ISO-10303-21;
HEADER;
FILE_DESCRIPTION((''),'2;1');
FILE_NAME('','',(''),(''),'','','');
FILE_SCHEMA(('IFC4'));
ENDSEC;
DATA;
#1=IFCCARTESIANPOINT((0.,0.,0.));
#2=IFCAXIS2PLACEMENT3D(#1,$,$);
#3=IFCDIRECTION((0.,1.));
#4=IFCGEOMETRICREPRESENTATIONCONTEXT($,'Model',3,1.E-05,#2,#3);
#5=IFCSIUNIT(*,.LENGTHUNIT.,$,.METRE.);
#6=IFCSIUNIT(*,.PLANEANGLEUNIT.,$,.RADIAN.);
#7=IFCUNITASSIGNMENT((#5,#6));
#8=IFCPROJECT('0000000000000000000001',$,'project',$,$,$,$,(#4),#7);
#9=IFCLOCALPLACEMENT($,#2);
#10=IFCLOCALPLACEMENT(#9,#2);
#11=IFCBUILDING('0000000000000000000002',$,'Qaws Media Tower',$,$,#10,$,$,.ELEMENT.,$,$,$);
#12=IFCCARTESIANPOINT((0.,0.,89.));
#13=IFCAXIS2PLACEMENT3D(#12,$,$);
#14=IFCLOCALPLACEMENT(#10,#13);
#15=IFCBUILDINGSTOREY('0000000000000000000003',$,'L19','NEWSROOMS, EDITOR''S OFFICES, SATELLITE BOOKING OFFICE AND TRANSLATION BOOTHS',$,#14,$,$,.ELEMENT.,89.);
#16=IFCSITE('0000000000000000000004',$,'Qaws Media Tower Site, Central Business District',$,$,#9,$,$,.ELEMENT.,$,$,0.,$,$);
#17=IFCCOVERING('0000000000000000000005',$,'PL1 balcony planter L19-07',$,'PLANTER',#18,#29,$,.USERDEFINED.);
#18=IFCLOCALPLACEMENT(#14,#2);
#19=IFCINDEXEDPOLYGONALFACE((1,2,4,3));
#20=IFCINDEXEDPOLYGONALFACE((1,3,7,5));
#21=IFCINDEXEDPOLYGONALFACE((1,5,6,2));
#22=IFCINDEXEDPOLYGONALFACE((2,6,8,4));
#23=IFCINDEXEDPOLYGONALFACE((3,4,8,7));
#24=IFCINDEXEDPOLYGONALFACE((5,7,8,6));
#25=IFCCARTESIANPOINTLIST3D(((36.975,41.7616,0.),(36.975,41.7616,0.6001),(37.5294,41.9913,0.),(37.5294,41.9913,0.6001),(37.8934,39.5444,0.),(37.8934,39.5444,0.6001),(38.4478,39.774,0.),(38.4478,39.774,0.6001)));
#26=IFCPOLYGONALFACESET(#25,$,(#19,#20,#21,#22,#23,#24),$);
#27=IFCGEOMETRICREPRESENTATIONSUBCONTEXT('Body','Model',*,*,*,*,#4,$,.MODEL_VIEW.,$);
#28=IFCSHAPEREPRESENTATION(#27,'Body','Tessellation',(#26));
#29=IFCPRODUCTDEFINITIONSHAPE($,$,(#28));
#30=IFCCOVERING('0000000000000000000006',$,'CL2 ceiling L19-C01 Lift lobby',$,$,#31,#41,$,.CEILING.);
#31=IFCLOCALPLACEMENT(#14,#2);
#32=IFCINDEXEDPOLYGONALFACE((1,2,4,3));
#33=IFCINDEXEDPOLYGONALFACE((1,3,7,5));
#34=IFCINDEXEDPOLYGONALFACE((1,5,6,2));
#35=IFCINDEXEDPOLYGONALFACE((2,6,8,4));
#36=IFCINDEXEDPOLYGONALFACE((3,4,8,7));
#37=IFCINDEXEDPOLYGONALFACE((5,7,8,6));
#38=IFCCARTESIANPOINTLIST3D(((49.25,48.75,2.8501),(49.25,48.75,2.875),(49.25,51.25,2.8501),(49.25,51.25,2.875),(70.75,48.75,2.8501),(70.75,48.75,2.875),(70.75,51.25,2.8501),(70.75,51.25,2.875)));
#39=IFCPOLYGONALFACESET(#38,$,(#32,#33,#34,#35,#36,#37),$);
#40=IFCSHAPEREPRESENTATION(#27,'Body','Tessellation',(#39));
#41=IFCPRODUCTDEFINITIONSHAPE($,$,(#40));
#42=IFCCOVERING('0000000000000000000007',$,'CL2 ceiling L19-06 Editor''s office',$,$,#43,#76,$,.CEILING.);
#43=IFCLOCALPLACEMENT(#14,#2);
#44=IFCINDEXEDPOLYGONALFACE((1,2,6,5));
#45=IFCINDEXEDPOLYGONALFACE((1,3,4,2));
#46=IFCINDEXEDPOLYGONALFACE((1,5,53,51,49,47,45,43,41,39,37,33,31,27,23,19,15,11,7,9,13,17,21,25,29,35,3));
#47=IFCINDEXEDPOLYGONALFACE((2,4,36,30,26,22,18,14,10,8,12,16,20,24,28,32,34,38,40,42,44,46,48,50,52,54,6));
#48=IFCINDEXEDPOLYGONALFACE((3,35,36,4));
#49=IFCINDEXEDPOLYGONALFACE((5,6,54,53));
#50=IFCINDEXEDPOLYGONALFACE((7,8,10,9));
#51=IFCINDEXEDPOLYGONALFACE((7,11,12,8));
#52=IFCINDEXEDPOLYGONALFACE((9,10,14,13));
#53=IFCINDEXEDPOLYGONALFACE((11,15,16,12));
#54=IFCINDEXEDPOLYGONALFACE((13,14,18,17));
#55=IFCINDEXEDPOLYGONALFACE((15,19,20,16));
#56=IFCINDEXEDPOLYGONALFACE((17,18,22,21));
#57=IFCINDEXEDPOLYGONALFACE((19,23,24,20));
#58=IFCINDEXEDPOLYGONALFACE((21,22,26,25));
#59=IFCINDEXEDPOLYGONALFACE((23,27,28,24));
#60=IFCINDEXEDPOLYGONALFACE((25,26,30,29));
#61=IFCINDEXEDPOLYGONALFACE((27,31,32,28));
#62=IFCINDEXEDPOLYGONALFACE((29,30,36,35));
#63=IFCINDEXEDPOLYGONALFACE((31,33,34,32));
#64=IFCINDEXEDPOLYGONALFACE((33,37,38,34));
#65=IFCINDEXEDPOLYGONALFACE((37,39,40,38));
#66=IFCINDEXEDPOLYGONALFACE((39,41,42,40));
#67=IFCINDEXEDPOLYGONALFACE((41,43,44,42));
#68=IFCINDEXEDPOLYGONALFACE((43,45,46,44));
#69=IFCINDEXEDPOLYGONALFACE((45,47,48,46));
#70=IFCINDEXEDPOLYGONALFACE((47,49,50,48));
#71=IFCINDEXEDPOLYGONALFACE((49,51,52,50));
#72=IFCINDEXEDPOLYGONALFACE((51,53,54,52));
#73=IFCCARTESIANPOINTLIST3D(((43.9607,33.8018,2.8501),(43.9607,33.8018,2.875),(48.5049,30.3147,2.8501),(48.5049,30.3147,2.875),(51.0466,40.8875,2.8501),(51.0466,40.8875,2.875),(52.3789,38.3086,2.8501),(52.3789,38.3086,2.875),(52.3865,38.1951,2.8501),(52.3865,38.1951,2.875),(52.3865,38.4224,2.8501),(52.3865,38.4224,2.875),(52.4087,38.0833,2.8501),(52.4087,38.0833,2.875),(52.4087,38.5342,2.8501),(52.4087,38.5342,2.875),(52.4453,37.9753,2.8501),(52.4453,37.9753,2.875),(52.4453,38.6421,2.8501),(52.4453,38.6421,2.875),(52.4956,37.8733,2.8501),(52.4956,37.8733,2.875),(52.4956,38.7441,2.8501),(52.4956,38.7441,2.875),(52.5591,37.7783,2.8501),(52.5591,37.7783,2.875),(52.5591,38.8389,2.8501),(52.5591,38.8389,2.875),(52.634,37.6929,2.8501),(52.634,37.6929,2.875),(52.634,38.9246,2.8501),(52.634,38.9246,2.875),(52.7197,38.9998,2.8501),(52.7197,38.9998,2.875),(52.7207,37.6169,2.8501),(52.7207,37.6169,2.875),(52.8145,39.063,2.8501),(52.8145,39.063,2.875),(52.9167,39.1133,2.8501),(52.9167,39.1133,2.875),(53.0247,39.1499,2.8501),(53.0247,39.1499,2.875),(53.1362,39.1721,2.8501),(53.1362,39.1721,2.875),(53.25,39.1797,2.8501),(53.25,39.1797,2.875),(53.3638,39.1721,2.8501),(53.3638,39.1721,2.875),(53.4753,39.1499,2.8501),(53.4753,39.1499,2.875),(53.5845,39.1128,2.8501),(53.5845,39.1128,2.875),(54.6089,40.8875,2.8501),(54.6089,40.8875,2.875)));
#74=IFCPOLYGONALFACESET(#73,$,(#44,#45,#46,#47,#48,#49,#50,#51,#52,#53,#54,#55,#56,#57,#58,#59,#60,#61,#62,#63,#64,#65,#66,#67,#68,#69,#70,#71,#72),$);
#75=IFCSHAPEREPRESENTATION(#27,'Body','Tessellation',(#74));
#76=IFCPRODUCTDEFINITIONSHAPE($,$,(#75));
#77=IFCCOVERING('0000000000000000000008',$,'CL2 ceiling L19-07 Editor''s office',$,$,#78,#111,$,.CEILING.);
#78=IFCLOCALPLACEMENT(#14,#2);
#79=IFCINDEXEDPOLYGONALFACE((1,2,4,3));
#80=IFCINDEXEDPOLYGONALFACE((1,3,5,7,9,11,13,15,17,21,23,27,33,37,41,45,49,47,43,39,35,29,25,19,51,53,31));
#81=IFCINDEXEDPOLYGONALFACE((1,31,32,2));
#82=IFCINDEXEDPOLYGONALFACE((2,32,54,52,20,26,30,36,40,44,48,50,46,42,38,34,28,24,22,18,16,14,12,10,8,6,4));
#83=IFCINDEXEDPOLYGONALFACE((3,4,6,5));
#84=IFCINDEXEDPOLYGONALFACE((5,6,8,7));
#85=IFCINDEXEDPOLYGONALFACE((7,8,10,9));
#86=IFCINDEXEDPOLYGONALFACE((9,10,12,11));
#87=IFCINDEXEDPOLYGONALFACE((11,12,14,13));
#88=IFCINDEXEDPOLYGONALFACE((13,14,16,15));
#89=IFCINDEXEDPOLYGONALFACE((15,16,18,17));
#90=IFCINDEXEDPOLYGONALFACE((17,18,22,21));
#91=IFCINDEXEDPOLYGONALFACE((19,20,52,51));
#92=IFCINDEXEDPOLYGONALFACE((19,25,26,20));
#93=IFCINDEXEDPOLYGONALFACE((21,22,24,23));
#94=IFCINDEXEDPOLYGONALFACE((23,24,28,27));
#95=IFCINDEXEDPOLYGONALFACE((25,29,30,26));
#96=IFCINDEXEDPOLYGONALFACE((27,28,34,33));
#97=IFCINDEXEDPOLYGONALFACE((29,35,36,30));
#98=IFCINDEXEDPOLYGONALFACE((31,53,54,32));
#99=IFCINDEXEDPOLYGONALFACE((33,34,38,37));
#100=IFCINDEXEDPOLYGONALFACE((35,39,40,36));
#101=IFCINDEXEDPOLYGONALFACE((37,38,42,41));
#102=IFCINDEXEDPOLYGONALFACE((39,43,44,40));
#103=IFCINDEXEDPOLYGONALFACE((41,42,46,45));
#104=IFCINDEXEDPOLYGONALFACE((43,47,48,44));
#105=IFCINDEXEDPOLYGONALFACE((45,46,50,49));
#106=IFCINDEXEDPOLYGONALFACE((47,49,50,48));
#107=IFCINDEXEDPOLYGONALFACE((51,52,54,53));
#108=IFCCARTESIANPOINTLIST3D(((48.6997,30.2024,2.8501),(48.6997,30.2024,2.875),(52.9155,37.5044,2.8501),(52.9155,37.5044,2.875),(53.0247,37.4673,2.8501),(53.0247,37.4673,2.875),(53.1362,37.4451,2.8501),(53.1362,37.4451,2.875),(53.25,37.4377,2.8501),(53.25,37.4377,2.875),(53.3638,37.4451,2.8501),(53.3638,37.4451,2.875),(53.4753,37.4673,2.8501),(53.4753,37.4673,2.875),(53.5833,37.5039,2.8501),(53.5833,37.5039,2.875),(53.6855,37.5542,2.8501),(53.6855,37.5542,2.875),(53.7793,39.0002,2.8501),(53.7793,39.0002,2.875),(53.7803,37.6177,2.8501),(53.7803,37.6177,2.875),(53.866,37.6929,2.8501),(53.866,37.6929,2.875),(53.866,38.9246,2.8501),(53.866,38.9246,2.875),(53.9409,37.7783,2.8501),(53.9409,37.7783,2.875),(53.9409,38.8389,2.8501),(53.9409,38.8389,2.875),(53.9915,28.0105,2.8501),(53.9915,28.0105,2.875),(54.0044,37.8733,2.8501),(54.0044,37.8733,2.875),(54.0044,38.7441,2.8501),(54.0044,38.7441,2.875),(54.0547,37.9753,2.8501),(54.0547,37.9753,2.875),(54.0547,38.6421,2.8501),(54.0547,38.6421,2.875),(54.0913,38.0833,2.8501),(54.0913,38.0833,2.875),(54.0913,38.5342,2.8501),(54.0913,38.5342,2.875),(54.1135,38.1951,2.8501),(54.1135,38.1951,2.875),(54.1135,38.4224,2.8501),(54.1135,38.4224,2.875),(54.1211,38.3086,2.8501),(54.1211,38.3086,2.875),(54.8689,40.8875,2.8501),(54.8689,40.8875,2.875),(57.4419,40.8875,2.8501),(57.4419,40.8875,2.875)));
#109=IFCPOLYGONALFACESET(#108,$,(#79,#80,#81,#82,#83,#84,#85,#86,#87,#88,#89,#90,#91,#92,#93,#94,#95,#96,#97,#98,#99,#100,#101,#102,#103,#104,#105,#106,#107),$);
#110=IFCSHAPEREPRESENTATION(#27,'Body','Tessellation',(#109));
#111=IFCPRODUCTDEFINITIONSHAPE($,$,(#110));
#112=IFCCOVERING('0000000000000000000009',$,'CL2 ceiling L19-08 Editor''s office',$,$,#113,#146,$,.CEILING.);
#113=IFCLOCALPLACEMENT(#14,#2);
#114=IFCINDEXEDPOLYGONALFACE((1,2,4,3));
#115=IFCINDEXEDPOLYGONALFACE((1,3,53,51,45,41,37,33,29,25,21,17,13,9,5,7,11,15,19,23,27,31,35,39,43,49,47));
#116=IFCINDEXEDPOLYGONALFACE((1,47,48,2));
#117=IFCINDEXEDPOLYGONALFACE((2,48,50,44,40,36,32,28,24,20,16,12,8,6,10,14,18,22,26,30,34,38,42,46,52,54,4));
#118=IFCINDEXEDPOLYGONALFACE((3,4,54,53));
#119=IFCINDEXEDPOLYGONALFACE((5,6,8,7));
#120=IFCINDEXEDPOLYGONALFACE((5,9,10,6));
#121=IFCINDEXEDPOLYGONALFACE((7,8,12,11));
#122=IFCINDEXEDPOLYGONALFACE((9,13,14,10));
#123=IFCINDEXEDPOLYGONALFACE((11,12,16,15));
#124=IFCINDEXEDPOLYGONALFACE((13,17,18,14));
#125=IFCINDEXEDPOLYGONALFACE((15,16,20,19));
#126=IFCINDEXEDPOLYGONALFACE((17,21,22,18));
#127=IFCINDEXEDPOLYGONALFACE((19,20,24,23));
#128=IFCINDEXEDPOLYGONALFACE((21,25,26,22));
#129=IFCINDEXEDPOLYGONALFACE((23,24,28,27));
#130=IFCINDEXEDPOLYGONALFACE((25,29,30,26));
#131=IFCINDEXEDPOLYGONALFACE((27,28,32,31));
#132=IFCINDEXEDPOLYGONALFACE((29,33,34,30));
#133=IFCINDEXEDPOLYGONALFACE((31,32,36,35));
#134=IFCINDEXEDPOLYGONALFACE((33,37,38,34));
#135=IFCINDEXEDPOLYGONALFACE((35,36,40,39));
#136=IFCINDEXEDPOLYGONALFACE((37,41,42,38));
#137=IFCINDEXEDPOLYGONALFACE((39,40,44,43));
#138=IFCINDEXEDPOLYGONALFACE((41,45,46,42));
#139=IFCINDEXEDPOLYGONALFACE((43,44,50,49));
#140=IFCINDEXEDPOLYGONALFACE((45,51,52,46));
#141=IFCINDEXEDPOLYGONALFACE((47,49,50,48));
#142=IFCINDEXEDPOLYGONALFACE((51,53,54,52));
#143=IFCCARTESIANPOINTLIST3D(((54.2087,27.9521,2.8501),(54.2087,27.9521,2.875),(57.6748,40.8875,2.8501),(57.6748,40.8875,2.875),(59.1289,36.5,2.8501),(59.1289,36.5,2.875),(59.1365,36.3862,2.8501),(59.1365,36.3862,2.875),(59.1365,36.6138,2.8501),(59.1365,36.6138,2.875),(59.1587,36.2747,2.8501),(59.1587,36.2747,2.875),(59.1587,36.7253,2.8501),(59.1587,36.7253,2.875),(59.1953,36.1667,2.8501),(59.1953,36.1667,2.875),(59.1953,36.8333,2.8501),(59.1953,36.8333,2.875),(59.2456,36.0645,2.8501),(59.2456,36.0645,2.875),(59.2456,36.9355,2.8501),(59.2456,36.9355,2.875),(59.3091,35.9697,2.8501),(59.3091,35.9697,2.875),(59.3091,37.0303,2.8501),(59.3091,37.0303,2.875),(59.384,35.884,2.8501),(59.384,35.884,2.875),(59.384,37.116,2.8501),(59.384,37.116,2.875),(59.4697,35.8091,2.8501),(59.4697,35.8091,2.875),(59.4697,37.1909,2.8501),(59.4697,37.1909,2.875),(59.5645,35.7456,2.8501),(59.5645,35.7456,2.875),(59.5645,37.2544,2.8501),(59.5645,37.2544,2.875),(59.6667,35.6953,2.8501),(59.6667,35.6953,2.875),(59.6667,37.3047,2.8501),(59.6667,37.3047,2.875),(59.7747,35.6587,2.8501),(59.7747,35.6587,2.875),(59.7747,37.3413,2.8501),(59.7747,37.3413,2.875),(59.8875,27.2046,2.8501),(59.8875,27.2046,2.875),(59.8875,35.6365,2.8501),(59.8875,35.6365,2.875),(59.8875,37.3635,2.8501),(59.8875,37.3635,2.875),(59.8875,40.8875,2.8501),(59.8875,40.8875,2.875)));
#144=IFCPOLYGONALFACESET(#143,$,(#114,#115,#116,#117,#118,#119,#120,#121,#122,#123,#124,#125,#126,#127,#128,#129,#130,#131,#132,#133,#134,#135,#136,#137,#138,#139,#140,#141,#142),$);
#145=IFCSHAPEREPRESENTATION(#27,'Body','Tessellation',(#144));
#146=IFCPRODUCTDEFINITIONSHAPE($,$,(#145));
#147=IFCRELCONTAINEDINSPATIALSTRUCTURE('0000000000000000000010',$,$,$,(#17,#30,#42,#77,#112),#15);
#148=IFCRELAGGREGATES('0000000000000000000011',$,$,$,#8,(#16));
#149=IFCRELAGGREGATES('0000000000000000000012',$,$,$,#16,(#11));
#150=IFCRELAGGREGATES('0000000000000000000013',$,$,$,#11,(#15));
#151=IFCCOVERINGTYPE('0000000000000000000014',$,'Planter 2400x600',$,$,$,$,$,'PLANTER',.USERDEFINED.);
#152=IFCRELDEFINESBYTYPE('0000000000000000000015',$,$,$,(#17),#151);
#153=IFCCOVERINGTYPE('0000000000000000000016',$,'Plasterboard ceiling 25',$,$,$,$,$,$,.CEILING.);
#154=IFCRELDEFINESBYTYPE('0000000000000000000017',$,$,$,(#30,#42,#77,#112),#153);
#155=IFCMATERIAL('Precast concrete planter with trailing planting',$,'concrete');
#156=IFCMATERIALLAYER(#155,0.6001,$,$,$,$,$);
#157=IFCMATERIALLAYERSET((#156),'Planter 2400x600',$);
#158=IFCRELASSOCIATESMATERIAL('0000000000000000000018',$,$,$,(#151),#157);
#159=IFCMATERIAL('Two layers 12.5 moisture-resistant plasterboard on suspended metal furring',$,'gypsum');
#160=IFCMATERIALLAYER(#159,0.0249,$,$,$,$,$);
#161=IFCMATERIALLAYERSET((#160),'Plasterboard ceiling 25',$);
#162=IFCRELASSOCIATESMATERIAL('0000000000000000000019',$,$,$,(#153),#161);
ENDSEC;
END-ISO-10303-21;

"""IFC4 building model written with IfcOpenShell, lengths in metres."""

from ifc_helpers import new_model, si_unit, direction, frame, origin, origin_2d, place, context, subcontext, project, spatial, polyline, rectangle, outline, extrude, material, layer, layer_set, type_object, element, save


model = new_model("IFC4")

# Units and contexts
model_context = context("Model", 3, precision=1e-05, world=origin(), true_north=direction((0.0, 1.0)))
body_context = subcontext(model_context, "Body", "Model", "MODEL_VIEW")
ifc_project = project(units=[si_unit("LENGTHUNIT", "METRE"), si_unit("PLANEANGLEUNIT", "RADIAN")], contexts=[model_context])

# Site, building, storey
site_placement = place(None, origin())
site = spatial("IfcSite", under=ifc_project, at=site_placement, Name="Qaws Media Tower Site, Central Business District", CompositionType="ELEMENT", RefElevation=0.0)
building_placement = place(site_placement, origin())
building = spatial("IfcBuilding", under=site, at=building_placement, Name="Qaws Media Tower", CompositionType="ELEMENT")
storey_placement = place(building_placement, frame((0.0, 0.0, 89.0)))
storey = spatial("IfcBuildingStorey", under=building, at=storey_placement, Name="L19", Description="NEWSROOMS, EDITOR'S OFFICES, SATELLITE BOOKING OFFICE AND TRANSLATION BOOTHS", CompositionType="ELEMENT", Elevation=89.0)

# Coverings
ifc_material_1 = material(Name="Precast concrete planter with trailing planting", Category="concrete")
ifc_layer_1 = layer(ifc_material_1, 0.6001)
ifc_layer_set_1 = layer_set([ifc_layer_1], Name="Planter 2400x600")
covering_type_1 = type_object("IfcCoveringType", Name="Planter 2400x600", ElementType="PLANTER", PredefinedType="USERDEFINED", material=ifc_layer_set_1)
covering_1_placement = place(storey_placement, frame((37.7114, 40.7678, 0.0), z_axis=(0.0, 0.0, 1.0), x_axis=(0.382683, -0.92388, 0.0)))
element("IfcCovering", 1, at=covering_1_placement, inside=storey, type_object=covering_type_1, Name="PL1 balcony planter L19-07", ObjectType="PLANTER", PredefinedType="USERDEFINED", context=body_context, shape_type="SweptSolid", body=[
    extrude(rectangle(XDim=2.3999, YDim=0.6001, at=origin_2d()), origin(), (0.0, 0.0, 1.0), 0.6001),
])
ifc_material_2 = material(Name="Two layers 12.5 moisture-resistant plasterboard on suspended metal furring", Category="gypsum")
ifc_layer_2 = layer(ifc_material_2, 0.0249)
ifc_layer_set_2 = layer_set([ifc_layer_2], Name="Plasterboard ceiling 25")
covering_type_2 = type_object("IfcCoveringType", Name="Plasterboard ceiling 25", PredefinedType="CEILING", material=ifc_layer_set_2)
covering_2_placement = place(storey_placement, frame((0.0, 0.0, 2.8501)))
element("IfcCovering", 2, at=covering_2_placement, inside=storey, type_object=covering_type_2, Name="CL2 ceiling L19-C01 Lift lobby", PredefinedType="CEILING", context=body_context, shape_type="SweptSolid", body=[
    extrude(outline(polyline([(49.25, 48.75), (49.25, 51.25), (70.75, 51.25), (70.75, 48.75), (49.25, 48.75)])), origin(), (0.0, 0.0, 1.0), 0.0249),
])
covering_3_placement = place(storey_placement, frame((0.0, 0.0, 2.8501)))
element("IfcCovering", 3, at=covering_3_placement, inside=storey, type_object=covering_type_2, Name="CL2 ceiling L19-06 Editor's office", PredefinedType="CEILING", context=body_context, shape_type="SweptSolid", body=[
    extrude(outline(polyline([(43.9607, 33.8018), (51.0466, 40.8875), (54.6089, 40.8875), (53.5845, 39.1128), (53.4753, 39.1499), (53.3638, 39.1721), (53.25, 39.1797), (53.1362, 39.1721), (53.0247, 39.1499), (52.9167, 39.1133), (52.8145, 39.063), (52.7197, 38.9998), (52.634, 38.9246), (52.5591, 38.8389), (52.4956, 38.7441), (52.4453, 38.6421), (52.4087, 38.5342), (52.3865, 38.4224), (52.3789, 38.3086), (52.3865, 38.1951), (52.4087, 38.0833), (52.4453, 37.9753), (52.4956, 37.8733), (52.5591, 37.7783), (52.634, 37.6929), (52.7207, 37.6169), (48.5049, 30.3147), (43.9607, 33.8018)])), origin(), (0.0, 0.0, 1.0), 0.0249),
])
covering_4_placement = place(storey_placement, frame((0.0, 0.0, 2.8501)))
element("IfcCovering", 4, at=covering_4_placement, inside=storey, type_object=covering_type_2, Name="CL2 ceiling L19-07 Editor's office", PredefinedType="CEILING", context=body_context, shape_type="SweptSolid", body=[
    extrude(outline(polyline([(48.6997, 30.2024), (52.9155, 37.5044), (53.0247, 37.4673), (53.1362, 37.4451), (53.25, 37.4377), (53.3638, 37.4451), (53.4753, 37.4673), (53.5833, 37.5039), (53.6855, 37.5542), (53.7803, 37.6177), (53.866, 37.6929), (53.9409, 37.7783), (54.0044, 37.8733), (54.0547, 37.9753), (54.0913, 38.0833), (54.1135, 38.1951), (54.1211, 38.3086), (54.1135, 38.4224), (54.0913, 38.5342), (54.0547, 38.6421), (54.0044, 38.7441), (53.9409, 38.8389), (53.866, 38.9246), (53.7793, 39.0002), (54.8689, 40.8875), (57.4419, 40.8875), (53.9915, 28.0105), (48.6997, 30.2024)])), origin(), (0.0, 0.0, 1.0), 0.0249),
])
covering_5_placement = place(storey_placement, frame((0.0, 0.0, 2.8501)))
element("IfcCovering", 5, at=covering_5_placement, inside=storey, type_object=covering_type_2, Name="CL2 ceiling L19-08 Editor's office", PredefinedType="CEILING", context=body_context, shape_type="SweptSolid", body=[
    extrude(outline(polyline([(54.2087, 27.9521), (57.6748, 40.8875), (59.8875, 40.8875), (59.8875, 37.3635), (59.7747, 37.3413), (59.6667, 37.3047), (59.5645, 37.2544), (59.4697, 37.1909), (59.384, 37.116), (59.3091, 37.0303), (59.2456, 36.9355), (59.1953, 36.8333), (59.1587, 36.7253), (59.1365, 36.6138), (59.1289, 36.5), (59.1365, 36.3862), (59.1587, 36.2747), (59.1953, 36.1667), (59.2456, 36.0645), (59.3091, 35.9697), (59.384, 35.884), (59.4697, 35.8091), (59.5645, 35.7456), (59.6667, 35.6953), (59.7747, 35.6587), (59.8875, 35.6365), (59.8875, 27.2046), (54.2087, 27.9521)])), origin(), (0.0, 0.0, 1.0), 0.0249),
])

save(model, "model.ifc")
